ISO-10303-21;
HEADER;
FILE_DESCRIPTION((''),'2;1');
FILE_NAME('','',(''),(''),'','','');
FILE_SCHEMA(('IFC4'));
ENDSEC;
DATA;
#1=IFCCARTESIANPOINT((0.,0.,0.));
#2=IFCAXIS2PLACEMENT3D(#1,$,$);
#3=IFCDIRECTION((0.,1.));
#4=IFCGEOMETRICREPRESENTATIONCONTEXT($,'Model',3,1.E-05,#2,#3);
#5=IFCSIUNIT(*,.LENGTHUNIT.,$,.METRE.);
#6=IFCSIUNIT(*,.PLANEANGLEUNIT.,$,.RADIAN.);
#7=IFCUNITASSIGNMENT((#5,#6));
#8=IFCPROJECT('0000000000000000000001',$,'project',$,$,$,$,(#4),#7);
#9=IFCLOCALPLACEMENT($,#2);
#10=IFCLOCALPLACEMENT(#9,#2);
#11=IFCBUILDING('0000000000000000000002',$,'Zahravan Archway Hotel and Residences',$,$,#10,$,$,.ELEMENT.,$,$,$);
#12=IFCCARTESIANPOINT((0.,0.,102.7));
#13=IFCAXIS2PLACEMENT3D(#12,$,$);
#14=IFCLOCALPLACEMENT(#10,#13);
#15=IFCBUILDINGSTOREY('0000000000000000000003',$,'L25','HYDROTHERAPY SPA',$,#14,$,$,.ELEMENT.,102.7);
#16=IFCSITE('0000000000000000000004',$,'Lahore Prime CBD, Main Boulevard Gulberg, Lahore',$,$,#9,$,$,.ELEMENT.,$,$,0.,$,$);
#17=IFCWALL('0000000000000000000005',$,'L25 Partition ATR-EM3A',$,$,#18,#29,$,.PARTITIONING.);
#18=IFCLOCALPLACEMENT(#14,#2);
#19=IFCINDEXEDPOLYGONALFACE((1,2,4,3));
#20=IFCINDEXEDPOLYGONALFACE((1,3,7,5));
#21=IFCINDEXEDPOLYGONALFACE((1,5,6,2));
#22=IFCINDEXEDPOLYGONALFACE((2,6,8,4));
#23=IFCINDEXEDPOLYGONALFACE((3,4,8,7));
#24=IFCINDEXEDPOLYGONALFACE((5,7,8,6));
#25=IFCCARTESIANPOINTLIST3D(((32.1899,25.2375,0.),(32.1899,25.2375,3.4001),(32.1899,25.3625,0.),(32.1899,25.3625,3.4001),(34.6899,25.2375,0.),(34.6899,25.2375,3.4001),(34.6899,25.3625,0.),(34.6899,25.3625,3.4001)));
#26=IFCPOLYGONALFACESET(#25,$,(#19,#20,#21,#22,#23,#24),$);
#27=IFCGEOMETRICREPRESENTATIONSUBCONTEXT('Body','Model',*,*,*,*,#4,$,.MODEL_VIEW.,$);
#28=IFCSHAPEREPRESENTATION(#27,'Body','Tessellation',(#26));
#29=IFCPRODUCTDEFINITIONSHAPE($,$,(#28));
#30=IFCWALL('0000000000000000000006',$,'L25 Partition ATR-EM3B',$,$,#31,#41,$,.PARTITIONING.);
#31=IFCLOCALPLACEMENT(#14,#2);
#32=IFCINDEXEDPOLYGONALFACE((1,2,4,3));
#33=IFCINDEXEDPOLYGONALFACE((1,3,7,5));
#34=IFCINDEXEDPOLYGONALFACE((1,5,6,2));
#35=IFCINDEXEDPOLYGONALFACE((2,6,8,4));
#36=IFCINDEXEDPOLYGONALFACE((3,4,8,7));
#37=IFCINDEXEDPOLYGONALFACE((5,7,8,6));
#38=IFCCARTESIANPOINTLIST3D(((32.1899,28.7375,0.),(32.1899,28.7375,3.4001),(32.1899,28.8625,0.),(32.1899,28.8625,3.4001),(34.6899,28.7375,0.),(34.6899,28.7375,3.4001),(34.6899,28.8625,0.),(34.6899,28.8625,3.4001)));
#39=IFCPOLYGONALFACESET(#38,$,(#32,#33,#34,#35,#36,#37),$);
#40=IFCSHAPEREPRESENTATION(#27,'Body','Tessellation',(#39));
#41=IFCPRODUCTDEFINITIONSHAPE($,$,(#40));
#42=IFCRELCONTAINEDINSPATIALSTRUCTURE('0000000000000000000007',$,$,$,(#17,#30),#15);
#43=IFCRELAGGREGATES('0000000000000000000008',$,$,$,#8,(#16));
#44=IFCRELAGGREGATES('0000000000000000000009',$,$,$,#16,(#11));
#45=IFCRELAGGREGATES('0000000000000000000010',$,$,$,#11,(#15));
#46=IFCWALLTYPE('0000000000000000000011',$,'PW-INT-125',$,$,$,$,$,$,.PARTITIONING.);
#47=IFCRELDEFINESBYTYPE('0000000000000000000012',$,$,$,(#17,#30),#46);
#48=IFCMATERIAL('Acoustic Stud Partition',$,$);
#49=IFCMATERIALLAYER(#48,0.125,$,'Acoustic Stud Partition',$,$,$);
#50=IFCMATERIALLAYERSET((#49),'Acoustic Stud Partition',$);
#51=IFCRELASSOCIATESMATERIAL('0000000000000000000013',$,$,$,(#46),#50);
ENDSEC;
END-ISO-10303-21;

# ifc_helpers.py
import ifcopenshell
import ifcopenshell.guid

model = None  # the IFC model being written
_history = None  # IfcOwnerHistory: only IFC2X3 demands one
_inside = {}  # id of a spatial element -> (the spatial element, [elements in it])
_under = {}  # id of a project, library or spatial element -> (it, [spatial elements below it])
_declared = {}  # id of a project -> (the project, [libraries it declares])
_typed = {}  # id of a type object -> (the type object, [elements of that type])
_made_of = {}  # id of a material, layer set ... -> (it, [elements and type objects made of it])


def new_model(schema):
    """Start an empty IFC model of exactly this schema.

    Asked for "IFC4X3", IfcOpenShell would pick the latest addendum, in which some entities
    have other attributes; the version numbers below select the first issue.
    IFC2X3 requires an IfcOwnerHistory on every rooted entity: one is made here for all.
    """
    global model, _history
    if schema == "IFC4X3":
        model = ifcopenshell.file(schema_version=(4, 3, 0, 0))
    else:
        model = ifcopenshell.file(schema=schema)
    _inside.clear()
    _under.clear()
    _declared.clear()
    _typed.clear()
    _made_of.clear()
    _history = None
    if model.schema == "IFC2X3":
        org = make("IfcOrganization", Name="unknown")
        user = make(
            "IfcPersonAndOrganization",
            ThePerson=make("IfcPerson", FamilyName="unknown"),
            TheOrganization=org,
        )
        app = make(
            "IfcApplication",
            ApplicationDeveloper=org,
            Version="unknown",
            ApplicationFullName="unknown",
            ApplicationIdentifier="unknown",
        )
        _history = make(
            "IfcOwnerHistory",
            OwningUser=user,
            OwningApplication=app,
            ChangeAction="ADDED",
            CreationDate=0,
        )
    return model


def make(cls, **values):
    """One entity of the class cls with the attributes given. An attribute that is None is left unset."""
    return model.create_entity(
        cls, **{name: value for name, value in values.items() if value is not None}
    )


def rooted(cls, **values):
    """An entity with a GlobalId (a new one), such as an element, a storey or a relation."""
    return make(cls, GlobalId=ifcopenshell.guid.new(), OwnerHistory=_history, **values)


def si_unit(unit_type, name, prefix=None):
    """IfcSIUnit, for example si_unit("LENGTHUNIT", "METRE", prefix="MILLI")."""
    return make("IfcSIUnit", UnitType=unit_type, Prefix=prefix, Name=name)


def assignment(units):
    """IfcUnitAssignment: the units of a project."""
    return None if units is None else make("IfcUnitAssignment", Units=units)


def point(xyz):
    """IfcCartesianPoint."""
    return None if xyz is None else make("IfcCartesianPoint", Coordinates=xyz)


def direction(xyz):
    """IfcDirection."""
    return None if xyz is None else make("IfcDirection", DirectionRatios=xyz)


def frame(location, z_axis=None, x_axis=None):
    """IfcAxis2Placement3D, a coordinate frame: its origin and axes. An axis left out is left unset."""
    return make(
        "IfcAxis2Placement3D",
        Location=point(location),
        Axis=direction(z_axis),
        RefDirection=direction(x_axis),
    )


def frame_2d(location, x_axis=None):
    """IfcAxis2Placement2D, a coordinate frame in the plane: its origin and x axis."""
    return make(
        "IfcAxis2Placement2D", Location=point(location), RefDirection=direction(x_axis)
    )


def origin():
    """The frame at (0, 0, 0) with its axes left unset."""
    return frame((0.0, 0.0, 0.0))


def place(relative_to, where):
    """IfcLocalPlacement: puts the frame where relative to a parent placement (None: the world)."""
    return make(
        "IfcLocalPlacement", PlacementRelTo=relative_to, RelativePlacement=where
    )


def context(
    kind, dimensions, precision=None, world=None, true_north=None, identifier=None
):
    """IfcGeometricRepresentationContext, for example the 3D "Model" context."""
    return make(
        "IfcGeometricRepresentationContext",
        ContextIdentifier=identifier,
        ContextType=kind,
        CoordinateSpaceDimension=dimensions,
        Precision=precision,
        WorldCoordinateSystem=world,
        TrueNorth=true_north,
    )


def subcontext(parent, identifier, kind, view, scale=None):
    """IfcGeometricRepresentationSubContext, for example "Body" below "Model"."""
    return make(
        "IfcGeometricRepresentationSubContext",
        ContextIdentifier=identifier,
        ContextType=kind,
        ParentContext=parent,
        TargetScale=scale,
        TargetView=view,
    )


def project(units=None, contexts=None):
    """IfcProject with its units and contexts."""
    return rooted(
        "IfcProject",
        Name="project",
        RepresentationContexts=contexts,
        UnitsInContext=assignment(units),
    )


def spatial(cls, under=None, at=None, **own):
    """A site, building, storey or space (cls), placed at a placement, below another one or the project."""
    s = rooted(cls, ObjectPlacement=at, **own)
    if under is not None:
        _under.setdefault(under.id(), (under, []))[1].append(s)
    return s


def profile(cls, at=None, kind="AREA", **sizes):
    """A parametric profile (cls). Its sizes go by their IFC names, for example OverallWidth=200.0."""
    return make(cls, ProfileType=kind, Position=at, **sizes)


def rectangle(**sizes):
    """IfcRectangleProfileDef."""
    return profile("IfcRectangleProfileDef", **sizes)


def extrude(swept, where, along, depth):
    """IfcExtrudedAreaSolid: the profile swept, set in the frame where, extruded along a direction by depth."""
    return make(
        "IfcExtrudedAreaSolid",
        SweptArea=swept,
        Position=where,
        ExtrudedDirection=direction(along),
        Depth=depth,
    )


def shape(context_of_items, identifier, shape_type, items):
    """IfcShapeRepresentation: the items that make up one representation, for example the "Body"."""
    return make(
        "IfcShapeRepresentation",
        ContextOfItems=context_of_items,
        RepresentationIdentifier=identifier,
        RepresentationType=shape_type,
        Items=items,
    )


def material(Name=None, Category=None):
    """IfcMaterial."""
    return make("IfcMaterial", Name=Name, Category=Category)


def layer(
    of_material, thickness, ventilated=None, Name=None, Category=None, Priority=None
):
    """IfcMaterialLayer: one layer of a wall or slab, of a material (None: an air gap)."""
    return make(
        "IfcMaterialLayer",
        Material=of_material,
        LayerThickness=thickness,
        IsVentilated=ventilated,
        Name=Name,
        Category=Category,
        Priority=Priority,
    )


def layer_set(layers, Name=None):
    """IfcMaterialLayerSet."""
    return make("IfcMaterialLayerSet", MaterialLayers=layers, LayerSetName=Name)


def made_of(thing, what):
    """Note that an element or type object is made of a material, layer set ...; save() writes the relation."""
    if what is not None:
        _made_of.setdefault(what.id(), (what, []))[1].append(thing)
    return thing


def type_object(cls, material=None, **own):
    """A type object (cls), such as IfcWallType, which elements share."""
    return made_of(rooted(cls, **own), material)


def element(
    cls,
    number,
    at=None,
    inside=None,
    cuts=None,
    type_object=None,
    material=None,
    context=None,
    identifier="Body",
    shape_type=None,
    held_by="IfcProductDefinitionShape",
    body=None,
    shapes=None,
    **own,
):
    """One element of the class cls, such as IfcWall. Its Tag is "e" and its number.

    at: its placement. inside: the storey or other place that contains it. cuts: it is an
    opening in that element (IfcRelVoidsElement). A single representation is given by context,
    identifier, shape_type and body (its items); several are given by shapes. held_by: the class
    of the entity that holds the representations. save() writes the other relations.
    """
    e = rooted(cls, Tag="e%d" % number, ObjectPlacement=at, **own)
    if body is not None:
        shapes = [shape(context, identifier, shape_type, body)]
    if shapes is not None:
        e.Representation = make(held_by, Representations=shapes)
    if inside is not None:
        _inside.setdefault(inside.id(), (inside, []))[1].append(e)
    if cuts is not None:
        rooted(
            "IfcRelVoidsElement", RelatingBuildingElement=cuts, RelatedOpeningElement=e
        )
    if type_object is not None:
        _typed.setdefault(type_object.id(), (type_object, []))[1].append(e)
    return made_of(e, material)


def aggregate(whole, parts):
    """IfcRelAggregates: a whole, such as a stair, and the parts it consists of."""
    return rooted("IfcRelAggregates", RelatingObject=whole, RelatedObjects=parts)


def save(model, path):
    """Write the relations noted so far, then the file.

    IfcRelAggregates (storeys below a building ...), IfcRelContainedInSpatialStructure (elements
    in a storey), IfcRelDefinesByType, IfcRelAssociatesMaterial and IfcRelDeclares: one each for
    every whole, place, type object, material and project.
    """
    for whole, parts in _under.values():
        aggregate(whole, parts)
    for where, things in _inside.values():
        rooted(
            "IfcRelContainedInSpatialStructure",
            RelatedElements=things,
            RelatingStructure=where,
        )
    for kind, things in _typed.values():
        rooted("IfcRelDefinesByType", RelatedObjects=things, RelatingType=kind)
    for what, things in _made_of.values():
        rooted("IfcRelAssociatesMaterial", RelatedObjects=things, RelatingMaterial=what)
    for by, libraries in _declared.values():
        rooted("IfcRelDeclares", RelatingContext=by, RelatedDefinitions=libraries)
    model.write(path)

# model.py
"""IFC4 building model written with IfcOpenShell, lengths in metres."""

from ifc_helpers import new_model, si_unit, direction, frame, frame_2d, origin, place, context, subcontext, project, spatial, rectangle, extrude, material, layer, layer_set, type_object, element, save


model = new_model("IFC4")

# Units and contexts
model_context = context("Model", 3, precision=1e-05, world=origin(), true_north=direction((0.0, 1.0)))
body_context = subcontext(model_context, "Body", "Model", "MODEL_VIEW")
ifc_project = project(units=[si_unit("LENGTHUNIT", "METRE"), si_unit("PLANEANGLEUNIT", "RADIAN")], contexts=[model_context])

# Site, building, storey
site_placement = place(None, origin())
site = spatial("IfcSite", under=ifc_project, at=site_placement, Name="Lahore Prime CBD, Main Boulevard Gulberg, Lahore", CompositionType="ELEMENT", RefElevation=0.0)
building_placement = place(site_placement, origin())
building = spatial("IfcBuilding", under=site, at=building_placement, Name="Zahravan Archway Hotel and Residences", CompositionType="ELEMENT")
storey_placement = place(building_placement, frame((0.0, 0.0, 102.7)))
storey = spatial("IfcBuildingStorey", under=building, at=storey_placement, Name="L25", Description="HYDROTHERAPY SPA", CompositionType="ELEMENT", Elevation=102.7)

# Walls
ifc_material_1 = material(Name="Acoustic Stud Partition")
ifc_layer_1 = layer(ifc_material_1, 0.125, Name="Acoustic Stud Partition")
ifc_layer_set_1 = layer_set([ifc_layer_1], Name="Acoustic Stud Partition")
wall_type = type_object("IfcWallType", Name="PW-INT-125", PredefinedType="PARTITIONING", material=ifc_layer_set_1)
for number, where, z_axis, x_axis, name in (
    (1, (32.1899, 25.3, 0.0), (0.0, 0.0, 1.0), (1.0, 0.0, 0.0), "L25 Partition ATR-EM3A"),
    (2, (32.1899, 28.8, 0.0), (0.0, 0.0, 1.0), (1.0, 0.0, 0.0), "L25 Partition ATR-EM3B"),
):
    element("IfcWall", number, at=place(storey_placement, frame(where, z_axis=z_axis, x_axis=x_axis)), inside=storey, type_object=wall_type, Name=name, PredefinedType="PARTITIONING", context=body_context, shape_type="SweptSolid", body=[
        extrude(rectangle(XDim=2.5, YDim=0.125, at=frame_2d((1.25, 0.0))), origin(), (0.0, 0.0, 1.0), 3.4001),
    ])

save(model, "model.ifc")
